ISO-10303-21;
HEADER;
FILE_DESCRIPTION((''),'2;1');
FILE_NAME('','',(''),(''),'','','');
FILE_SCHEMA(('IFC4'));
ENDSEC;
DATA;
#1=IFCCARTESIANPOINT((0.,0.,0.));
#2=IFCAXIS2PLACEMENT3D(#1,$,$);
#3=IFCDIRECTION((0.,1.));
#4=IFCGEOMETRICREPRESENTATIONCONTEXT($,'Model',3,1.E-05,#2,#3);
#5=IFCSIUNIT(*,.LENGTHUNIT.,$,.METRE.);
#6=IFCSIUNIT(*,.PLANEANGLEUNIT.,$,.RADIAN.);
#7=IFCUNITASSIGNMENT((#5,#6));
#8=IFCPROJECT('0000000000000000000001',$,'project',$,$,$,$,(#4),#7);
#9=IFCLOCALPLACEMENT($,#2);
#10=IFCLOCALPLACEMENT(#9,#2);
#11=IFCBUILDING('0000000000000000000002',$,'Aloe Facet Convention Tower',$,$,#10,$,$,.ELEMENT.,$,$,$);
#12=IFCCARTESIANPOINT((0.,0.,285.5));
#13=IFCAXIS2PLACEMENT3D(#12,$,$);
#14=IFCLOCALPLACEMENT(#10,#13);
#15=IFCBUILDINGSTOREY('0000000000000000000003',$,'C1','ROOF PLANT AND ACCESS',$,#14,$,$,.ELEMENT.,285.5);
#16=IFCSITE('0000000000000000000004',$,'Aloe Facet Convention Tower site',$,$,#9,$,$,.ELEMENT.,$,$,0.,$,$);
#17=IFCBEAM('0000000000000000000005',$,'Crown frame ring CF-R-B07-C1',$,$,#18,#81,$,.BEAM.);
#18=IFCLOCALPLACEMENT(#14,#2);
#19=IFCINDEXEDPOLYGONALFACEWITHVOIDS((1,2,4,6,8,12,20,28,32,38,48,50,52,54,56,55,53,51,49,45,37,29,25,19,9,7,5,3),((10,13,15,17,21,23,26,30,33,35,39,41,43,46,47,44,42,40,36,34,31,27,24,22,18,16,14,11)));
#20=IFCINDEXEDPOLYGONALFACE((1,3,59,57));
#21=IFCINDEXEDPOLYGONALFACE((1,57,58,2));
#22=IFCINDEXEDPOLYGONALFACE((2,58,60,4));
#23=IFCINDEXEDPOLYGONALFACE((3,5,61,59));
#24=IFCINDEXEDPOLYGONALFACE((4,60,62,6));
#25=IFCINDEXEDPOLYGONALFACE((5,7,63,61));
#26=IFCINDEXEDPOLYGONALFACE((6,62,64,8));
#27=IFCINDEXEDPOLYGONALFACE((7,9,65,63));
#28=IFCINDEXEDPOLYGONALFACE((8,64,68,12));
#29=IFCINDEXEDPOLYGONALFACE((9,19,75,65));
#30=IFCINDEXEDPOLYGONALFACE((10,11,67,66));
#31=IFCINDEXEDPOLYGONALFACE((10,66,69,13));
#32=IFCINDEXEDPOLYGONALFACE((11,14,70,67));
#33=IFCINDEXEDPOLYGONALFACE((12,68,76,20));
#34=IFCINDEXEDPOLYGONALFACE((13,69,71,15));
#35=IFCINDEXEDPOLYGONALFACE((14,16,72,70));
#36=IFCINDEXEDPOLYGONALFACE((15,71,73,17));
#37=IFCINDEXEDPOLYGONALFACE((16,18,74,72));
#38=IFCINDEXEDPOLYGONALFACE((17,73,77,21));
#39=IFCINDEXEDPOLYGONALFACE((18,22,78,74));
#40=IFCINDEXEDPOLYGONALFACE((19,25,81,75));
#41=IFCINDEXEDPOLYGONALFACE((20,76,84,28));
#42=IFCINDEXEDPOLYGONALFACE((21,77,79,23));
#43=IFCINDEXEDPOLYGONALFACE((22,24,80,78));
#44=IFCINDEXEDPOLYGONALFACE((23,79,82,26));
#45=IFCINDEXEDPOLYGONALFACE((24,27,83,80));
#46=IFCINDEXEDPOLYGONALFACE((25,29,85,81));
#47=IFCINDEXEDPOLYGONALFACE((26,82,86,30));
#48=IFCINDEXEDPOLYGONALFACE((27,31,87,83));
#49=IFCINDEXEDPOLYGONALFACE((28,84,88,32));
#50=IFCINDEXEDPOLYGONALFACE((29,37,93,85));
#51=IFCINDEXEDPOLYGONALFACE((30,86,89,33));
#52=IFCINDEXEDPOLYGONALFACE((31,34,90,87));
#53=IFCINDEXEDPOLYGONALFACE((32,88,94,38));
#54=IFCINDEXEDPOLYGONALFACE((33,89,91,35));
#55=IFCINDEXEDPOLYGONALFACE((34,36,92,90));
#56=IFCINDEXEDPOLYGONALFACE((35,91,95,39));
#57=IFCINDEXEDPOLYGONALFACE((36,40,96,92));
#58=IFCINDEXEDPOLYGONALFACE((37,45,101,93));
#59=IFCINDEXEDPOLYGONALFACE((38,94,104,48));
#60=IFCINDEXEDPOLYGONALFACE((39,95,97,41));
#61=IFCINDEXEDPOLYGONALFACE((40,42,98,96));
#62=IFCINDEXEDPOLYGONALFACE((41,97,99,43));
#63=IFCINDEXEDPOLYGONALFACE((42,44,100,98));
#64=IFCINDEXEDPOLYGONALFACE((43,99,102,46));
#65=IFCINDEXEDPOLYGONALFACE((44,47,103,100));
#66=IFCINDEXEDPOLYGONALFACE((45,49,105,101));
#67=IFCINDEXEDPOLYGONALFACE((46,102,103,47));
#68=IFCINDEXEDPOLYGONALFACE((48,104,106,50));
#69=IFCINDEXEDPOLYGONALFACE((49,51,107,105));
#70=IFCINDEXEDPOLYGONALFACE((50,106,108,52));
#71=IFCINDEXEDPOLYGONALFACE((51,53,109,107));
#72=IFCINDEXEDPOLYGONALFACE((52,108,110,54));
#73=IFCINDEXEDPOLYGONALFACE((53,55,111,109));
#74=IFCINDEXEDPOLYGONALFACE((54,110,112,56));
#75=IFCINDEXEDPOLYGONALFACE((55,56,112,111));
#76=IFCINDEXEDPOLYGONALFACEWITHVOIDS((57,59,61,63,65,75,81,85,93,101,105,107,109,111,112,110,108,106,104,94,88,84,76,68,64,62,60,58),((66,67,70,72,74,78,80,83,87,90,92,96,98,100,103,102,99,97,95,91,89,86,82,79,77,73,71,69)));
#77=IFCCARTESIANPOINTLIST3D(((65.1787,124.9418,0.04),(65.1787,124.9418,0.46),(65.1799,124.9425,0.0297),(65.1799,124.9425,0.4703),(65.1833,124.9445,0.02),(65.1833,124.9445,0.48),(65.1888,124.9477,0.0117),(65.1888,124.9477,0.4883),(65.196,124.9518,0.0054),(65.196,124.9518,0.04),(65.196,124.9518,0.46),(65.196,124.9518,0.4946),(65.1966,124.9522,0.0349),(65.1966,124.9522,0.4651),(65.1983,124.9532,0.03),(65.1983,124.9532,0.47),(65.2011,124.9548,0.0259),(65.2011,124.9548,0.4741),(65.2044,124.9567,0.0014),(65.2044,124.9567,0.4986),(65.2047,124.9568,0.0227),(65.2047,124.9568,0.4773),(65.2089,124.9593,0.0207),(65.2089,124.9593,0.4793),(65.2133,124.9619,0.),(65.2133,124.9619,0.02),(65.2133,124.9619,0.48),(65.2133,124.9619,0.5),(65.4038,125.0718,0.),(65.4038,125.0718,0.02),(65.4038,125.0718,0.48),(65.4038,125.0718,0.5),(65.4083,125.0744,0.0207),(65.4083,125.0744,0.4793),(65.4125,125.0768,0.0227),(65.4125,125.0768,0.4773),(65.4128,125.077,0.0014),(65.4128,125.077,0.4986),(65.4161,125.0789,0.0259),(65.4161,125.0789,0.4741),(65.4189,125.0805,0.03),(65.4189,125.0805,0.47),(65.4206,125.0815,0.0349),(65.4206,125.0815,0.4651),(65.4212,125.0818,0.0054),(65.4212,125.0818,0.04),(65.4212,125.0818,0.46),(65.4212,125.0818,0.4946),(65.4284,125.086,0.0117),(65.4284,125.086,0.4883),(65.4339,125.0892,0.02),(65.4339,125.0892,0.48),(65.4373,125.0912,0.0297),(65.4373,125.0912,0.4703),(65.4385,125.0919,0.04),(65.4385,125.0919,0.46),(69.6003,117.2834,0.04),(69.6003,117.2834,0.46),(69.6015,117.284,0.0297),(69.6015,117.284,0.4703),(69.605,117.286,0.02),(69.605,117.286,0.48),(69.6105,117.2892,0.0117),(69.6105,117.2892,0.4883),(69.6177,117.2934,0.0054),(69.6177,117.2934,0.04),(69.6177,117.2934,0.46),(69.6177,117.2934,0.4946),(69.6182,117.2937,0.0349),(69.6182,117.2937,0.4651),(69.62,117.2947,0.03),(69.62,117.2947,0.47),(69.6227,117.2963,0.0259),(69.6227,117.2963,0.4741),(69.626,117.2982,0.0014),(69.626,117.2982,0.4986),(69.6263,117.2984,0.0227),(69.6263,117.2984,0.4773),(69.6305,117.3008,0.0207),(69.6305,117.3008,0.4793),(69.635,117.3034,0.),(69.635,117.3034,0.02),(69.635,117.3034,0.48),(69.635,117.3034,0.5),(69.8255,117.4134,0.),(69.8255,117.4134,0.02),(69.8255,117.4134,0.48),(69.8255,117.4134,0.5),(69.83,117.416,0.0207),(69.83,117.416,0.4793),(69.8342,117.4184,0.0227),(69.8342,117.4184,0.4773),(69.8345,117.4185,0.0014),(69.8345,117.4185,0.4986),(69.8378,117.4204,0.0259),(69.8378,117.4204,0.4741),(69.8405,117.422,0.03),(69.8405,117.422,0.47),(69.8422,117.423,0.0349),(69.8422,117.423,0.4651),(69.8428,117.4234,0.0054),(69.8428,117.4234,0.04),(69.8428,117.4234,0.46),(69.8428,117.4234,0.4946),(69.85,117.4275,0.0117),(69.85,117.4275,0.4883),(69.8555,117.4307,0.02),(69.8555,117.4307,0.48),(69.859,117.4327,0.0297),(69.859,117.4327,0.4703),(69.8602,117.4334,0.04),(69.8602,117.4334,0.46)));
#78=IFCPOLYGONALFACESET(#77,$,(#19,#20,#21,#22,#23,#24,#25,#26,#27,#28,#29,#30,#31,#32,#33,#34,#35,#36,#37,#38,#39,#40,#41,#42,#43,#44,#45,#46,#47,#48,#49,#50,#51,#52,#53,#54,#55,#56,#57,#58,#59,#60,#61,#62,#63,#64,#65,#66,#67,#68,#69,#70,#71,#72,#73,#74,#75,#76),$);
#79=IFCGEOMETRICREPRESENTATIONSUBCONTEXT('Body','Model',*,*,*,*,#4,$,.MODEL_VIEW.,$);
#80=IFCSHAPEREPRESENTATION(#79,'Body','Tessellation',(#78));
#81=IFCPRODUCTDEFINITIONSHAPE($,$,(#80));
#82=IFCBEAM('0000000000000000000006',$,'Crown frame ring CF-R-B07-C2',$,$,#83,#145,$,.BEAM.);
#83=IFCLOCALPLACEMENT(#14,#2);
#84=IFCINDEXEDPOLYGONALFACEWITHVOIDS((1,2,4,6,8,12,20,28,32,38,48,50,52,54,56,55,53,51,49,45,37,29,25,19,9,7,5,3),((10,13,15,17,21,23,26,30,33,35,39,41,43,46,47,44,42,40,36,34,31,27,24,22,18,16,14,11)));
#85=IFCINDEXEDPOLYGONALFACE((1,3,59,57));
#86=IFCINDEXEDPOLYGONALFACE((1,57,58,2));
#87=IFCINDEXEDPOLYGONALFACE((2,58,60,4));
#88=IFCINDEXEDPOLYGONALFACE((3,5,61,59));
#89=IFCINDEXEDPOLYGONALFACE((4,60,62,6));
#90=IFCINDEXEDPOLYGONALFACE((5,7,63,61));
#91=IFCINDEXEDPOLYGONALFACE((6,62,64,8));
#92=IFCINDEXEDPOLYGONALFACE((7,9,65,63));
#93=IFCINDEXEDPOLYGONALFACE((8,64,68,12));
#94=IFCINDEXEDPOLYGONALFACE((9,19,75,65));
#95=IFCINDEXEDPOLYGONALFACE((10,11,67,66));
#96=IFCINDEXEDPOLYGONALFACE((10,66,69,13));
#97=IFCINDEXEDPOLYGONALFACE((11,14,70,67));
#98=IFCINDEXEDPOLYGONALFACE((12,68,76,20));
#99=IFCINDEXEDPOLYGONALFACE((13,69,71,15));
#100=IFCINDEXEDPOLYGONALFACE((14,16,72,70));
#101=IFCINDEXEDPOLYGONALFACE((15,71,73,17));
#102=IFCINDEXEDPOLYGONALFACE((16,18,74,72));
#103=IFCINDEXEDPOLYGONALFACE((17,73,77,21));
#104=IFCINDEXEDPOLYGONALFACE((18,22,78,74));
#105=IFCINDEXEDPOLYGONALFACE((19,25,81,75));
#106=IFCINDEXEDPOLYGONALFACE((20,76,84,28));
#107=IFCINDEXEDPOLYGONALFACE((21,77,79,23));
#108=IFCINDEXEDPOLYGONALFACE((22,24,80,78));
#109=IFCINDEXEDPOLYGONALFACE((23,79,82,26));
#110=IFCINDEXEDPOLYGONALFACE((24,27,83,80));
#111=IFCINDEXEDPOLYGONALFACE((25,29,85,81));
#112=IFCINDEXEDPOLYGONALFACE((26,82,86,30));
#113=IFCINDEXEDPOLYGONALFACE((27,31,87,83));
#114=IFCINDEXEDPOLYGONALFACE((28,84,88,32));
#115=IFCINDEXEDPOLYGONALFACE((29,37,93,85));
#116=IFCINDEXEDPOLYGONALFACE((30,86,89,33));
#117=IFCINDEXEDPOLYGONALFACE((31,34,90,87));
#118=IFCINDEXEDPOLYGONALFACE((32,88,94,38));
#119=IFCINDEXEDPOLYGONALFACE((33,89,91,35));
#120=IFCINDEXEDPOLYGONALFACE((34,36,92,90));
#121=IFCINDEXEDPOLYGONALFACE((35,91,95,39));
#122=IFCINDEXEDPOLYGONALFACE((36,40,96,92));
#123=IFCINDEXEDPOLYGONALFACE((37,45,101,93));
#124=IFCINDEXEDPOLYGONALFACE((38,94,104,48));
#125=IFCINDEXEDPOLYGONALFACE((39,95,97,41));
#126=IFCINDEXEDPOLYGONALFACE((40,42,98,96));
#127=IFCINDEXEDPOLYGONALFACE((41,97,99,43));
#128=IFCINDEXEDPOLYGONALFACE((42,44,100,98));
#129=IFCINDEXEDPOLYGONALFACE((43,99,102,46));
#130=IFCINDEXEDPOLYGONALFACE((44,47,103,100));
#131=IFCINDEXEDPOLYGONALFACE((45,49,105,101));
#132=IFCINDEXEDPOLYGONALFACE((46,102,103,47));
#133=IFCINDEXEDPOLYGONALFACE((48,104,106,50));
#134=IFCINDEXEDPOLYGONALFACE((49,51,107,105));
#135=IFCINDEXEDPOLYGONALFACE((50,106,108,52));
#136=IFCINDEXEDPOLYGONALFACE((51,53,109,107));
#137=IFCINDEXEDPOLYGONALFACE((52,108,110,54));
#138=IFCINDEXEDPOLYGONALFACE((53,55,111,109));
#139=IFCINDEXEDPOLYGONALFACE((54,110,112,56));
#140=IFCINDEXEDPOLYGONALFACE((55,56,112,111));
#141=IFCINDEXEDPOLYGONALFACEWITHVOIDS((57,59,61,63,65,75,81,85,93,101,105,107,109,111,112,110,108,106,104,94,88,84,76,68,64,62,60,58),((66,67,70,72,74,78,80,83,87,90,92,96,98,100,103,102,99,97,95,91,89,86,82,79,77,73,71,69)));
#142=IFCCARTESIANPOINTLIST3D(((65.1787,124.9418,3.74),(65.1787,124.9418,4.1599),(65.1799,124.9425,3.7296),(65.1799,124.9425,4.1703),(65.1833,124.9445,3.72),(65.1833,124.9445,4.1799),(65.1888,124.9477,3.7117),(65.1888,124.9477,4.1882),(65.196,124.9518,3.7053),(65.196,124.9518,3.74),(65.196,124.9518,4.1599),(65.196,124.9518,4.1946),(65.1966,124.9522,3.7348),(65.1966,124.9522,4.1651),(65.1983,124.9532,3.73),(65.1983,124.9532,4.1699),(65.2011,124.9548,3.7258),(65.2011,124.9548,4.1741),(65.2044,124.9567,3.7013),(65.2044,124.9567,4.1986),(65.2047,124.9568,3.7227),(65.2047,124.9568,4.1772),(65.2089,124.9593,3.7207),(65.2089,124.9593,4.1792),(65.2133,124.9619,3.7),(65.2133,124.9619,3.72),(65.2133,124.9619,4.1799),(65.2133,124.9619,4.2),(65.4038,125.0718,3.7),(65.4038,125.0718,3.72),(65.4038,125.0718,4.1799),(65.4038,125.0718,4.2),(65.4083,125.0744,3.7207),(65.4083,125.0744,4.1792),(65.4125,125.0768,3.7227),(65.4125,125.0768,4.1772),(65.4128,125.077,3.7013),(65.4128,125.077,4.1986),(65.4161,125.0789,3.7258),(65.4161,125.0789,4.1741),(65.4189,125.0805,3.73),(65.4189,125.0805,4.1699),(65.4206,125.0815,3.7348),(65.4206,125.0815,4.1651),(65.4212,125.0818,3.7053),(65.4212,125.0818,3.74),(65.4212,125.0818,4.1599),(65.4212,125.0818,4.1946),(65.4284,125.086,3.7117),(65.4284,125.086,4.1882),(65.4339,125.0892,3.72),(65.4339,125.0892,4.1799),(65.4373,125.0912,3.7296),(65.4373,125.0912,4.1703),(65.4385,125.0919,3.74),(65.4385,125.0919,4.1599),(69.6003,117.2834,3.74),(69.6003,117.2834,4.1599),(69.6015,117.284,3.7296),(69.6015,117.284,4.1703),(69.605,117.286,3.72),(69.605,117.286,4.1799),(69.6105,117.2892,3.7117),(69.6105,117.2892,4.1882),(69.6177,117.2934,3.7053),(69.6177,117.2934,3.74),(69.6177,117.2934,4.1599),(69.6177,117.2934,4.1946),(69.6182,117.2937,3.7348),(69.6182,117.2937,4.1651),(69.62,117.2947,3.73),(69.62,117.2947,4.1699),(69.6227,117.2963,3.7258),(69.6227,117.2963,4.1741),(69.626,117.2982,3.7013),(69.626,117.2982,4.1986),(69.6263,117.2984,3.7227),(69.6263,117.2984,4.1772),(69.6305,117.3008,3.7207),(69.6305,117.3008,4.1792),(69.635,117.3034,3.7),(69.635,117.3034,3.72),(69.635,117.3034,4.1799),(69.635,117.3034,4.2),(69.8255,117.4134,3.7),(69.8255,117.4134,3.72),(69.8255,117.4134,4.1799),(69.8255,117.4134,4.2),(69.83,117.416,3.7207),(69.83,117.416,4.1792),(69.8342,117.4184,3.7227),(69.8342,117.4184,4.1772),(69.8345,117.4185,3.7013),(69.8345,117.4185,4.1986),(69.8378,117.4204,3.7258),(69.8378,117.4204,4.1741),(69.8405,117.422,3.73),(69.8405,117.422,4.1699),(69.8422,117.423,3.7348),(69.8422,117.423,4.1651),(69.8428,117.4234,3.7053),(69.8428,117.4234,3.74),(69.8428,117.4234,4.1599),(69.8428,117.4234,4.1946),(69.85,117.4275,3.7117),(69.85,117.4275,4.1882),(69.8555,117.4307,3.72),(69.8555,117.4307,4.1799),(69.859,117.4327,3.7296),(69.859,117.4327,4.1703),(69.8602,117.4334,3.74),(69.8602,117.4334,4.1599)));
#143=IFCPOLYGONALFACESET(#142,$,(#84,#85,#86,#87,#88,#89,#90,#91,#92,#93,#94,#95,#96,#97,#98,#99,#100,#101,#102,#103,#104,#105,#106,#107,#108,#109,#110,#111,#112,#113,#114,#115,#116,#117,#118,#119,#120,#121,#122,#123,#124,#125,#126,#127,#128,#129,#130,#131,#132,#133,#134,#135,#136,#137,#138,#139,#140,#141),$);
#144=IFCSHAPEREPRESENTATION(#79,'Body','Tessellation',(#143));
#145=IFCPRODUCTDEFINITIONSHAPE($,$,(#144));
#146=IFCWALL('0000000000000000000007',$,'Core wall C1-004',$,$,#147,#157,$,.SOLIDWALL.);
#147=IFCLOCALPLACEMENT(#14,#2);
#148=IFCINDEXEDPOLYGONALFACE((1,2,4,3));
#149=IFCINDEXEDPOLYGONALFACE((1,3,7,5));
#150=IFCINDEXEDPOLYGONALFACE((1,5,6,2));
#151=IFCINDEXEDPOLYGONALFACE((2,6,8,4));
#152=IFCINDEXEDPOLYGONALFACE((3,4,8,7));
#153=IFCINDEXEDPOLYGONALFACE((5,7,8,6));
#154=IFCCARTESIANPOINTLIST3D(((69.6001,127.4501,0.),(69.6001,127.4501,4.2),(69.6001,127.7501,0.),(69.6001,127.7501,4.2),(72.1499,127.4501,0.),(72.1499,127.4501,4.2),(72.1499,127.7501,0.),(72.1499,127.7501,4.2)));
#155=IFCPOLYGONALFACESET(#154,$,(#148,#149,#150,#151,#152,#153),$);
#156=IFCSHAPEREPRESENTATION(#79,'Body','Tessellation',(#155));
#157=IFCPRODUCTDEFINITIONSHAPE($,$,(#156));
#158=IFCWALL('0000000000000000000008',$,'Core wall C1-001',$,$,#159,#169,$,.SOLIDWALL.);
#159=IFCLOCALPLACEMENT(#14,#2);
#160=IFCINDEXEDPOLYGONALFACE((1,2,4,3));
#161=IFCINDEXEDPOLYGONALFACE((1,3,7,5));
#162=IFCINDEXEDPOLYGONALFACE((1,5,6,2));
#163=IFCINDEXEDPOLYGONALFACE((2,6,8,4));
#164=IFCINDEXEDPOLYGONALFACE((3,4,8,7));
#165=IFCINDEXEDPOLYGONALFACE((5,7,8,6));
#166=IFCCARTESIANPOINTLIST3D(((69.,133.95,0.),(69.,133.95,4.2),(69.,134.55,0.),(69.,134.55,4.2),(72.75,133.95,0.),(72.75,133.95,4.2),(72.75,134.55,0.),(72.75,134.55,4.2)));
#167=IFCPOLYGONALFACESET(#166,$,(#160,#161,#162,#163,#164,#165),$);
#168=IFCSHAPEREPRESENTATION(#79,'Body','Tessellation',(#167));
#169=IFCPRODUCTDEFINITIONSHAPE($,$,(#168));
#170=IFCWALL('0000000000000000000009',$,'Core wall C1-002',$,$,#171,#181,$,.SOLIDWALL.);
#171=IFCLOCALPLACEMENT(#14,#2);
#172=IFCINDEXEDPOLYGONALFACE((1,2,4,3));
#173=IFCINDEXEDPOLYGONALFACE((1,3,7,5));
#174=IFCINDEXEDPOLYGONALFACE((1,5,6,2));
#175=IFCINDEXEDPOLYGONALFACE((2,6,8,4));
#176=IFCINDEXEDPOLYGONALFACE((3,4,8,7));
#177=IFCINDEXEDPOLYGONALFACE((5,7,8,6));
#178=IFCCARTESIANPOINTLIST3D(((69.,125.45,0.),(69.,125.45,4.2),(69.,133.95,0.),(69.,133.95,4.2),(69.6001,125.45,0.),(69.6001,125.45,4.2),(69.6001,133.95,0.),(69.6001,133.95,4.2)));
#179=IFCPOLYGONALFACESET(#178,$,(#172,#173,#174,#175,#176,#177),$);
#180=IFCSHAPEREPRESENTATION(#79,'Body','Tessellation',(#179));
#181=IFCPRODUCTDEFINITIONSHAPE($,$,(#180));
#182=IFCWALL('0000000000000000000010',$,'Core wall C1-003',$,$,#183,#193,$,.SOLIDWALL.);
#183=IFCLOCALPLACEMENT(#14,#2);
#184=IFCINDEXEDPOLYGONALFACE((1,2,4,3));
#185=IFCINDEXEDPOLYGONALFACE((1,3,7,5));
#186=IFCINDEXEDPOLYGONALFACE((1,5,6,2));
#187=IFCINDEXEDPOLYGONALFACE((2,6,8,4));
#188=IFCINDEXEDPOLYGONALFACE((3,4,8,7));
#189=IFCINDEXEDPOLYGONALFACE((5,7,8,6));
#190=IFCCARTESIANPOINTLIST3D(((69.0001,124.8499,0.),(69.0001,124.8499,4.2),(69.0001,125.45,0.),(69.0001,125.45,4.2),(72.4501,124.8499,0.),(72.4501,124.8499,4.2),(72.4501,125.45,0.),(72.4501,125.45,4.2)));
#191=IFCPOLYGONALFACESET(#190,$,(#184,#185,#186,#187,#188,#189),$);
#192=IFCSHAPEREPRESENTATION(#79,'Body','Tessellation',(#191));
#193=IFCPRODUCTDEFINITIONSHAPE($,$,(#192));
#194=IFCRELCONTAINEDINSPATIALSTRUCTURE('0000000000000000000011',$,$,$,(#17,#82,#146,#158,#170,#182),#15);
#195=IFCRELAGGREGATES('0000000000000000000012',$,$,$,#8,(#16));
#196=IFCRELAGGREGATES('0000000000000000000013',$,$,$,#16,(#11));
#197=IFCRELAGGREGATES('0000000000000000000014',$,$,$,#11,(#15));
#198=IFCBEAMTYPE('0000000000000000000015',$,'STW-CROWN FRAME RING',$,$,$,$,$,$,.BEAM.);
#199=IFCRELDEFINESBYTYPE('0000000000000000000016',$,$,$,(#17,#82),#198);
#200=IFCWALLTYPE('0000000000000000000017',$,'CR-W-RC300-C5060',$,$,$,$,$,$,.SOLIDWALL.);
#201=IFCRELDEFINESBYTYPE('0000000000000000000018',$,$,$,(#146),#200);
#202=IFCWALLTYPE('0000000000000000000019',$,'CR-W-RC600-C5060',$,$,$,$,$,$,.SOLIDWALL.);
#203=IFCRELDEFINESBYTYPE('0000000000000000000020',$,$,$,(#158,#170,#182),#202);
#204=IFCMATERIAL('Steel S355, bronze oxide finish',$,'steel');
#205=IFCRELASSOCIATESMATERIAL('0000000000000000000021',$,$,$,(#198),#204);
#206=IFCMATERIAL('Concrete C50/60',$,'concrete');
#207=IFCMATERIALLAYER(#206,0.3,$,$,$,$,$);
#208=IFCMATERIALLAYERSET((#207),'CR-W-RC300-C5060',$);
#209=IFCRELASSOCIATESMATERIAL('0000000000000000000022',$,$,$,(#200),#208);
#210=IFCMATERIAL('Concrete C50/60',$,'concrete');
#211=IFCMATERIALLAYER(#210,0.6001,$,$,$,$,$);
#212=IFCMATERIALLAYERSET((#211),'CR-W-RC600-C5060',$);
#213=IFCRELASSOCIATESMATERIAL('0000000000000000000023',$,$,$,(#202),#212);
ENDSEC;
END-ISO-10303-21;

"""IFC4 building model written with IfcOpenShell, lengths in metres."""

from ifc_helpers import new_model, si_unit, direction, frame, frame_2d, origin, origin_2d, place, context, subcontext, project, spatial, rectangle, hollow_rectangle, extrude, material, layer, layer_set, material_profile, profile_set, type_object, element, save


model = new_model("IFC4")

# Units and contexts
model_context = context("Model", 3, precision=1e-05, world=origin(), true_north=direction((0.0, 1.0)))
body_context = subcontext(model_context, "Body", "Model", "MODEL_VIEW")
ifc_project = project(units=[si_unit("LENGTHUNIT", "METRE"), si_unit("PLANEANGLEUNIT", "RADIAN")], contexts=[model_context])

# Site, building, storey
site_placement = place(None, origin())
site = spatial("IfcSite", under=ifc_project, at=site_placement, Name="Aloe Facet Convention Tower site", CompositionType="ELEMENT", RefElevation=0.0)
building_placement = place(site_placement, origin())
building = spatial("IfcBuilding", under=site, at=building_placement, Name="Aloe Facet Convention Tower", CompositionType="ELEMENT")
storey_placement = place(building_placement, frame((0.0, 0.0, 285.5)))
storey = spatial("IfcBuildingStorey", under=building, at=storey_placement, Name="C1", Description="ROOF PLANT AND ACCESS", CompositionType="ELEMENT", Elevation=285.5)

# Beams
ifc_material_1 = material(Name="Steel S355, bronze oxide finish", Category="steel")
ifc_material_profile_1 = material_profile(ifc_material_1, hollow_rectangle(XDim=0.3, YDim=0.5, WallThickness=0.02, InnerFilletRadius=0.02, OuterFilletRadius=0.04, at=origin_2d()), Name="RHS 500x300x20")
ifc_profile_set_1 = profile_set([ifc_material_profile_1], Name="Steel S355, bronze oxide finish")
beam_type = type_object("IfcBeamType", Name="STW-CROWN FRAME RING", PredefinedType="BEAM", material=ifc_profile_set_1)
for number, where, z_axis, x_axis, name in (
    (1, (65.3086, 125.0168, 0.25), (0.500002, -0.866024, 0.0), (0.866024, 0.500002, 0.0), "Crown frame ring CF-R-B07-C1"),
    (2, (65.3086, 125.0168, 3.95), (0.500002, -0.866024, 0.0), (0.866024, 0.500002, 0.0), "Crown frame ring CF-R-B07-C2"),
):
    element("IfcBeam", number, at=place(storey_placement, frame(where, z_axis=z_axis, x_axis=x_axis)), inside=storey, type_object=beam_type, Name=name, PredefinedType="BEAM", context=body_context, shape_type="SweptSolid", body=[
        extrude(hollow_rectangle(XDim=0.3, YDim=0.5, WallThickness=0.02, InnerFilletRadius=0.02, OuterFilletRadius=0.04, at=origin_2d()), origin(), (0.0, 0.0, 1.0), 8.8433),
    ])

# Walls
ifc_material_2 = material(Name="Concrete C50/60", Category="concrete")
ifc_layer_1 = layer(ifc_material_2, 0.3)
ifc_layer_set_1 = layer_set([ifc_layer_1], Name="CR-W-RC300-C5060")
wall_type_1 = type_object("IfcWallType", Name="CR-W-RC300-C5060", PredefinedType="SOLIDWALL", material=ifc_layer_set_1)
wall_1_placement = place(storey_placement, frame((69.6001, 127.6001, 0.0), z_axis=(0.0, 0.0, 1.0), x_axis=(1.0, 0.0, 0.0)))
element("IfcWall", 3, at=wall_1_placement, inside=storey, type_object=wall_type_1, Name="Core wall C1-004", PredefinedType="SOLIDWALL", context=body_context, shape_type="SweptSolid", body=[
    extrude(rectangle(XDim=2.5498, YDim=0.3, at=frame_2d((1.2749, 0.0))), origin(), (0.0, 0.0, 1.0), 4.2),
])
ifc_material_3 = material(Name="Concrete C50/60", Category="concrete")
ifc_layer_2 = layer(ifc_material_3, 0.6001)
ifc_layer_set_2 = layer_set([ifc_layer_2], Name="CR-W-RC600-C5060")
wall_type_2 = type_object("IfcWallType", Name="CR-W-RC600-C5060", PredefinedType="SOLIDWALL", material=ifc_layer_set_2)
wall_2_placement = place(storey_placement, frame((69.0, 134.25, 0.0), z_axis=(0.0, 0.0, 1.0), x_axis=(1.0, 0.0, 0.0)))
element("IfcWall", 4, at=wall_2_placement, inside=storey, type_object=wall_type_2, Name="Core wall C1-001", PredefinedType="SOLIDWALL", context=body_context, shape_type="SweptSolid", body=[
    extrude(rectangle(XDim=3.75, YDim=0.6001, at=frame_2d((1.875, 0.0))), origin(), (0.0, 0.0, 1.0), 4.2),
])
wall_3_placement = place(storey_placement, frame((69.3, 133.95, 0.0), z_axis=(0.0, 0.0, 1.0), x_axis=(0.0, -1.0, 0.0)))
element("IfcWall", 5, at=wall_3_placement, inside=storey, type_object=wall_type_2, Name="Core wall C1-002", PredefinedType="SOLIDWALL", context=body_context, shape_type="SweptSolid", body=[
    extrude(rectangle(XDim=8.5, YDim=0.6001, at=frame_2d((4.25, 0.0))), origin(), (0.0, 0.0, 1.0), 4.2),
])
wall_4_placement = place(storey_placement, frame((69.0, 125.1499, 0.0), z_axis=(0.0, 0.0, 1.0), x_axis=(1.0, 0.0, 0.0)))
element("IfcWall", 6, at=wall_4_placement, inside=storey, type_object=wall_type_2, Name="Core wall C1-003", PredefinedType="SOLIDWALL", context=body_context, shape_type="SweptSolid", body=[
    extrude(rectangle(XDim=3.45, YDim=0.6001, at=frame_2d((1.7251, 0.0))), origin(), (0.0, 0.0, 1.0), 4.2),
])

save(model, "model.ifc")
